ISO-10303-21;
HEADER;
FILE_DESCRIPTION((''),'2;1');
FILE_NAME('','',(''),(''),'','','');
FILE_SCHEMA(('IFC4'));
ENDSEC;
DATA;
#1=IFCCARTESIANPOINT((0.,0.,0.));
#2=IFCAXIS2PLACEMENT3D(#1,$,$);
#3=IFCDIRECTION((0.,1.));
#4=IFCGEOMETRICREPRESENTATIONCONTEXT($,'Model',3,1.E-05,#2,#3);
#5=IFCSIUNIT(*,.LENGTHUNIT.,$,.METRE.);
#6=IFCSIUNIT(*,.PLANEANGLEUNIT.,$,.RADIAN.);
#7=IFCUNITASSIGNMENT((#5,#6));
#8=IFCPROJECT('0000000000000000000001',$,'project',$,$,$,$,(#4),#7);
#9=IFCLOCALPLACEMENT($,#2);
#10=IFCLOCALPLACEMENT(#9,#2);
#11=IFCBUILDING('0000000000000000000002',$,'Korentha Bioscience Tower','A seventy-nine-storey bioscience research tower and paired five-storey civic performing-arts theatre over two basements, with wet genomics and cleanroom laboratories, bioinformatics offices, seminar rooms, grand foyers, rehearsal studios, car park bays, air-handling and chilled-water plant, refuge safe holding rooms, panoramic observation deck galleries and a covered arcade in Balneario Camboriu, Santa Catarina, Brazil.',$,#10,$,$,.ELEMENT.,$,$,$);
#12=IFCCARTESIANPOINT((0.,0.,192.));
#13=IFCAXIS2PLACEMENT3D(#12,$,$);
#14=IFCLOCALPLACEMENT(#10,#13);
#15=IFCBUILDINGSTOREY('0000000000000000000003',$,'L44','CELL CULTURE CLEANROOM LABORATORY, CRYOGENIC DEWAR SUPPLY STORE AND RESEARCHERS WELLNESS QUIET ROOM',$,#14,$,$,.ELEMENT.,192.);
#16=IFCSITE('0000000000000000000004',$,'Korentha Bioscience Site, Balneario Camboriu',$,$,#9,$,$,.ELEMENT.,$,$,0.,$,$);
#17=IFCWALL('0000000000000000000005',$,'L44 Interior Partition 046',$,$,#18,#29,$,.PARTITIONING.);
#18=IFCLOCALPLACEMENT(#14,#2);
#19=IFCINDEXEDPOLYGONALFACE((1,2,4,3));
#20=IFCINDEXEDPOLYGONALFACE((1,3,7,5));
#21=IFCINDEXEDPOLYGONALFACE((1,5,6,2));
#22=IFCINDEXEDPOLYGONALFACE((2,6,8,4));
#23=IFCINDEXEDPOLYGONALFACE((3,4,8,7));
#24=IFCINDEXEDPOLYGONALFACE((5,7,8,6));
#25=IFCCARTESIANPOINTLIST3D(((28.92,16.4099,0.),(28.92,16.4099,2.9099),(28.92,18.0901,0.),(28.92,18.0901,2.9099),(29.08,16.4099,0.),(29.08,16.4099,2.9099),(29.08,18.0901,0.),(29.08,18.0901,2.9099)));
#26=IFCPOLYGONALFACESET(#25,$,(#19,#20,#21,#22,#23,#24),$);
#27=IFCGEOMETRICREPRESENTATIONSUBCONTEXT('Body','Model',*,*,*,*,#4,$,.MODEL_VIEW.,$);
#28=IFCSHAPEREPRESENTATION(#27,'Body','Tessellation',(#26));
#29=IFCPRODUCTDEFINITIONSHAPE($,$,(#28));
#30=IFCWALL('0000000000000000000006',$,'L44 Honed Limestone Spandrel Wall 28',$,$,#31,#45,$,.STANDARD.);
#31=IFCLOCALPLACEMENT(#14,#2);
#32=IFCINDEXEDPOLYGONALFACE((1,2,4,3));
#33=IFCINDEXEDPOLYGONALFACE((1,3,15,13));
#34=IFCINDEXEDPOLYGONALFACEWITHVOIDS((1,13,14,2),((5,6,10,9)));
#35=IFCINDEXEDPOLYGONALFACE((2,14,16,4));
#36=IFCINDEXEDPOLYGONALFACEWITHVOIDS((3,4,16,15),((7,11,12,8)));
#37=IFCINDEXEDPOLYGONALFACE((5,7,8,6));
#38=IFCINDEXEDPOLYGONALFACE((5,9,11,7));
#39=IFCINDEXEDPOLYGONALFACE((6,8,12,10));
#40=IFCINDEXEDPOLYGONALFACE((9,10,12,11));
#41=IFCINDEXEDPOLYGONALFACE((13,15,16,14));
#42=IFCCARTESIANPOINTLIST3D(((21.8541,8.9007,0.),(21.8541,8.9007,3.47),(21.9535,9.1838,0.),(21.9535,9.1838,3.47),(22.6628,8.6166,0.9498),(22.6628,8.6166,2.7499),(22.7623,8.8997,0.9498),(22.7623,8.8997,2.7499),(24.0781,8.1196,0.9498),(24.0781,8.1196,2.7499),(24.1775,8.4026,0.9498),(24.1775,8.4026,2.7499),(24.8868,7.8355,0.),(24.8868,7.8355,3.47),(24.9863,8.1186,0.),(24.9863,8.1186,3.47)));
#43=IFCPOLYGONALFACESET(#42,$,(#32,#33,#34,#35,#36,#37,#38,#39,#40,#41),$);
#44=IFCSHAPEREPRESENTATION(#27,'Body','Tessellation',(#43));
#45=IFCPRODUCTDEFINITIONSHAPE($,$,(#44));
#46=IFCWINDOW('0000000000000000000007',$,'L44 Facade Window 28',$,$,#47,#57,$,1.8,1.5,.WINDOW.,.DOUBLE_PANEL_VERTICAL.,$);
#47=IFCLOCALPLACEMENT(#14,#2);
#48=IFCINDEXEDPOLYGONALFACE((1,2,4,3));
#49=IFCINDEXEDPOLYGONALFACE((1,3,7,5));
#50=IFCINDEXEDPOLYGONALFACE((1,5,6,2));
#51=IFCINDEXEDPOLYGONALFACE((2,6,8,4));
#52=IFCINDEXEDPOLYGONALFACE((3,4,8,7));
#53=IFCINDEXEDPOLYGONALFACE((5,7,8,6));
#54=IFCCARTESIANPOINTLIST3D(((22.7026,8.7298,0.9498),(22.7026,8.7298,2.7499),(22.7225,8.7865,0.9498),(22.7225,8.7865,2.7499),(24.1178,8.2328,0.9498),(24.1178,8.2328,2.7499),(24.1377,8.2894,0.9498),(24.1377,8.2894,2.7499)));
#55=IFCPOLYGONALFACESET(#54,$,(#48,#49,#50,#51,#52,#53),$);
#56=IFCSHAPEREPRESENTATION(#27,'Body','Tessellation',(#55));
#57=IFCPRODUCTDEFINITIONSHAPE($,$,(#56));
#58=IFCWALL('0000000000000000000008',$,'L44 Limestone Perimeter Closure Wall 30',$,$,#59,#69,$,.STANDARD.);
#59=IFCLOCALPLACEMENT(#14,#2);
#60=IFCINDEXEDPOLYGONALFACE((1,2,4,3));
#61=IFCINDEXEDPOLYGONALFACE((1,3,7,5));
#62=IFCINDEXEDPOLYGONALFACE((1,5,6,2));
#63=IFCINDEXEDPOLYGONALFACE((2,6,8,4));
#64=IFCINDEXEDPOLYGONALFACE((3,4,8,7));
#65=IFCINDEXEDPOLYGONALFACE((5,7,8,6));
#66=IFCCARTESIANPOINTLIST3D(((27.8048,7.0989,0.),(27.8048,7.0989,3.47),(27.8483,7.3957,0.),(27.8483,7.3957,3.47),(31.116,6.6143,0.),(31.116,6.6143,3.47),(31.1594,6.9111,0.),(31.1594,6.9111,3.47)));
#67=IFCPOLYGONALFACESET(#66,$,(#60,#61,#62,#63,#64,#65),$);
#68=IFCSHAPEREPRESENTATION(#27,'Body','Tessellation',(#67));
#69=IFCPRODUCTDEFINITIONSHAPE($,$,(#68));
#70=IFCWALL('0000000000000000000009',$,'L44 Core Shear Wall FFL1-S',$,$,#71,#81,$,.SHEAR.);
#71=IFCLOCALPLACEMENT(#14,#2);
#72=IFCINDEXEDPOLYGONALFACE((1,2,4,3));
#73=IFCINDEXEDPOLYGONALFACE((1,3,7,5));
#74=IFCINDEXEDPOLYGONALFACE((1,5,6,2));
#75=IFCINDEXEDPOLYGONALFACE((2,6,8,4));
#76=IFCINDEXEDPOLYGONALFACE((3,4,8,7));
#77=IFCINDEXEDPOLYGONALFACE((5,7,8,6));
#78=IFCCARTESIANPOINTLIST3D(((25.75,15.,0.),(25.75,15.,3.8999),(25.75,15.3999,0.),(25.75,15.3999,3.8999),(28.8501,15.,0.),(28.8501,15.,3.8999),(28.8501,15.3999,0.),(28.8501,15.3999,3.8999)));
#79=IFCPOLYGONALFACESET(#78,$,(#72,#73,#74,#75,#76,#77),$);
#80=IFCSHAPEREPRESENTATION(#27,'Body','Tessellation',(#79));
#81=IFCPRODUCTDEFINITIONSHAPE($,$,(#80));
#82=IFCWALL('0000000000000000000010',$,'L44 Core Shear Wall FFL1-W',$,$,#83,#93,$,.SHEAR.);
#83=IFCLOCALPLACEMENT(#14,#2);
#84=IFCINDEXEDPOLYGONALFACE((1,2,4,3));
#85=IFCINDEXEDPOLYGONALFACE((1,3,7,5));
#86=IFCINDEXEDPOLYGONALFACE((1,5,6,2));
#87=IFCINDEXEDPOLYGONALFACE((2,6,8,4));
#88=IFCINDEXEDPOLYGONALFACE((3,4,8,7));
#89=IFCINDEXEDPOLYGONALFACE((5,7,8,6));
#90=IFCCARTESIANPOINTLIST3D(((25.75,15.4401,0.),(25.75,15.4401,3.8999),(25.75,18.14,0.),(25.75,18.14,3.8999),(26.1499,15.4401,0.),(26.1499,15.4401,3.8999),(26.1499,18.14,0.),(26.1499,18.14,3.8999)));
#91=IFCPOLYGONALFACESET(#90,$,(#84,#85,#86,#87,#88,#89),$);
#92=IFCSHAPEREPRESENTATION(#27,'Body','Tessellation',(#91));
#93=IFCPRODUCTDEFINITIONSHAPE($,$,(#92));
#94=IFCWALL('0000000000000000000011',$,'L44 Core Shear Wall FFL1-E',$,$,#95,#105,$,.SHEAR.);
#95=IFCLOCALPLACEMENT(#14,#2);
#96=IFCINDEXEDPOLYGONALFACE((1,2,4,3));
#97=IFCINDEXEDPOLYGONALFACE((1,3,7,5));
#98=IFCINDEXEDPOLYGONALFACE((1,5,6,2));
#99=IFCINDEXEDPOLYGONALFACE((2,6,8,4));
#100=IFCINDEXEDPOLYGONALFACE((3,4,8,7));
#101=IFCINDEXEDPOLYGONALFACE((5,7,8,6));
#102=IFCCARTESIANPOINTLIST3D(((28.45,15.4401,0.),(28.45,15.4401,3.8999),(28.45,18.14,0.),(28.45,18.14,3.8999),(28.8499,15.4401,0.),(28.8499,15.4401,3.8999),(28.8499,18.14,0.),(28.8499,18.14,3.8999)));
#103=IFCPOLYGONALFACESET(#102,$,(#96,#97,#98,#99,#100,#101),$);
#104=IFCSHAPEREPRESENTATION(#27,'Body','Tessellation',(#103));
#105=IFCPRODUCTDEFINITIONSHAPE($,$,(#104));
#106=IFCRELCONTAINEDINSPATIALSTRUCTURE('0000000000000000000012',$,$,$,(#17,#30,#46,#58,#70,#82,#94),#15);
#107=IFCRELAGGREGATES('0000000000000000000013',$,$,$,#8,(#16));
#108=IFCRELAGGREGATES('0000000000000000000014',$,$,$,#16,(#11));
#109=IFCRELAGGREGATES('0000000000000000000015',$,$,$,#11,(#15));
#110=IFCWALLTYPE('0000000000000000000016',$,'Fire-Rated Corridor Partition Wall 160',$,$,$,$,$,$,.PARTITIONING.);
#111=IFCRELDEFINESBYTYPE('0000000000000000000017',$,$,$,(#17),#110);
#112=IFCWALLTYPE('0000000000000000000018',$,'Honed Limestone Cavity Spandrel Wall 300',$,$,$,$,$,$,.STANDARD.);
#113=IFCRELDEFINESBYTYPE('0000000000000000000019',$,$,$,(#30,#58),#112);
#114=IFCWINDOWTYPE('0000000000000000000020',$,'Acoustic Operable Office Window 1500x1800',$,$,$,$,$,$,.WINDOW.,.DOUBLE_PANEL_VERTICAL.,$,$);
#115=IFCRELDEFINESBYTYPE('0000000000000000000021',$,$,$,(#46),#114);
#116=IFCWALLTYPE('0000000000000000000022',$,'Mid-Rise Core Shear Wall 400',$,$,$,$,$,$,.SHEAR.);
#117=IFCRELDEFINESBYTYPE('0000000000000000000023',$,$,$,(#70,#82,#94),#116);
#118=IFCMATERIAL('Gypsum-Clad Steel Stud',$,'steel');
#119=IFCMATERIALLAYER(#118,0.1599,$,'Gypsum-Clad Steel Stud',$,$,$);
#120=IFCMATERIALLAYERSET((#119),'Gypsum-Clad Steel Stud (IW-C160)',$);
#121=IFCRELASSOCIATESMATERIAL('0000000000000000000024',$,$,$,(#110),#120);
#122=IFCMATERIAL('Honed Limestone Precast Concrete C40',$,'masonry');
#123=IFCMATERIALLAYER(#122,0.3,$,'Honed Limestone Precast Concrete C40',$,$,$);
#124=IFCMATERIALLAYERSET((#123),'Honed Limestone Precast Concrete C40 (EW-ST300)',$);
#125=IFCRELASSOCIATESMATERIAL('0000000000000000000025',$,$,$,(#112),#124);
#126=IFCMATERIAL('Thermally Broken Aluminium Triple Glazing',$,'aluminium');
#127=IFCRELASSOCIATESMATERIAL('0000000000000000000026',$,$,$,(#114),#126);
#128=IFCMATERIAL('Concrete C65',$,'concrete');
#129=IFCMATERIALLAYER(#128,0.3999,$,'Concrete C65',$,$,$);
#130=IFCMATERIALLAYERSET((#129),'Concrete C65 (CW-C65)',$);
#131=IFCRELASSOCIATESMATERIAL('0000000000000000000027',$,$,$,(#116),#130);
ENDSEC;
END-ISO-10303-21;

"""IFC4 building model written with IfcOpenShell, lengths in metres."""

from ifc_helpers import new_model, si_unit, direction, frame, frame_2d, origin, place, context, subcontext, project, spatial, rectangle, extrude, material, layer, layer_set, type_object, element, fill, save


model = new_model("IFC4")

# Units and contexts
model_context = context("Model", 3, precision=1e-05, world=origin(), true_north=direction((0.0, 1.0)))
body_context = subcontext(model_context, "Body", "Model", "MODEL_VIEW")
ifc_project = project(units=[si_unit("LENGTHUNIT", "METRE"), si_unit("PLANEANGLEUNIT", "RADIAN")], contexts=[model_context])

# Site, building, storey
site_placement = place(None, origin())
site = spatial("IfcSite", under=ifc_project, at=site_placement, Name="Korentha Bioscience Site, Balneario Camboriu", CompositionType="ELEMENT", RefElevation=0.0)
building_placement = place(site_placement, origin())
building = spatial("IfcBuilding", under=site, at=building_placement, Name="Korentha Bioscience Tower", Description="A seventy-nine-storey bioscience research tower and paired five-storey civic performing-arts theatre over two basements, with wet genomics and cleanroom laboratories, bioinformatics offices, seminar rooms, grand foyers, rehearsal studios, car park bays, air-handling and chilled-water plant, refuge safe holding rooms, panoramic observation deck galleries and a covered arcade in Balneario Camboriu, Santa Catarina, Brazil.", CompositionType="ELEMENT")
storey_placement = place(building_placement, frame((0.0, 0.0, 192.0)))
storey = spatial("IfcBuildingStorey", under=building, at=storey_placement, Name="L44", Description="CELL CULTURE CLEANROOM LABORATORY, CRYOGENIC DEWAR SUPPLY STORE AND RESEARCHERS WELLNESS QUIET ROOM", CompositionType="ELEMENT", Elevation=192.0)

# Shared definitions
ifc_material_1 = material(Name="Concrete C65", Category="concrete")

# Wall
ifc_material_2 = material(Name="Gypsum-Clad Steel Stud", Category="steel")
ifc_layer_1 = layer(ifc_material_2, 0.1599, Name="Gypsum-Clad Steel Stud")
ifc_layer_set_1 = layer_set([ifc_layer_1], Name="Gypsum-Clad Steel Stud (IW-C160)")
wall_type_1 = type_object("IfcWallType", Name="Fire-Rated Corridor Partition Wall 160", PredefinedType="PARTITIONING", material=ifc_layer_set_1)
wall_1_placement = place(storey_placement, frame((29.0, 16.4099, 0.0), z_axis=(0.0, 0.0, 1.0), x_axis=(0.0, 1.0, 0.0)))
element("IfcWall", 1, at=wall_1_placement, inside=storey, type_object=wall_type_1, Name="L44 Interior Partition 046", PredefinedType="PARTITIONING", context=body_context, shape_type="SweptSolid", body=[
    extrude(rectangle(XDim=1.6802, YDim=0.1599, at=frame_2d((0.8401, 0.0))), origin(), (0.0, 0.0, 1.0), 2.9099),
])

# Wall, opening, window
ifc_material_3 = material(Name="Honed Limestone Precast Concrete C40", Category="masonry")
ifc_layer_2 = layer(ifc_material_3, 0.3, Name="Honed Limestone Precast Concrete C40")
ifc_layer_set_2 = layer_set([ifc_layer_2], Name="Honed Limestone Precast Concrete C40 (EW-ST300)")
wall_type_2 = type_object("IfcWallType", Name="Honed Limestone Cavity Spandrel Wall 300", PredefinedType="STANDARD", material=ifc_layer_set_2)
wall_2_placement = place(storey_placement, frame((21.9038, 9.0422, 0.0), z_axis=(0.0, 0.0, 1.0), x_axis=(0.943495, -0.331385, 0.0)))
wall_2 = element("IfcWall", 2, at=wall_2_placement, inside=storey, type_object=wall_type_2, Name="L44 Honed Limestone Spandrel Wall 28", PredefinedType="STANDARD", context=body_context, shape_type="SweptSolid", body=[
    extrude(rectangle(XDim=3.2144, YDim=0.3, at=frame_2d((1.6072, 0.0))), origin(), (0.0, 0.0, 1.0), 3.47),
])
opening_1_placement = place(wall_2_placement, frame((0.8572, 0.0, 0.95)))
opening_1 = element("IfcOpeningElement", 3, at=opening_1_placement, cuts=wall_2, PredefinedType="OPENING", context=body_context, shape_type="SweptSolid", body=[
    extrude(rectangle(XDim=1.5, YDim=1.8, at=frame_2d((0.75, 0.8999))), frame((0.0, 0.165, 0.0), z_axis=(0.0, -1.0, 0.0), x_axis=(1.0, 0.0, 0.0)), (0.0, 0.0, 1.0), 0.3298),
])
ifc_material_4 = material(Name="Thermally Broken Aluminium Triple Glazing", Category="aluminium")
window_type = type_object("IfcWindowType", Name="Acoustic Operable Office Window 1500x1800", PartitioningType="DOUBLE_PANEL_VERTICAL", PredefinedType="WINDOW", material=ifc_material_4)
window_placement = place(opening_1_placement, origin())
window = element("IfcWindow", 4, at=window_placement, inside=storey, type_object=window_type, Name="L44 Facade Window 28", OverallHeight=1.8, OverallWidth=1.5, PartitioningType="DOUBLE_PANEL_VERTICAL", PredefinedType="WINDOW", context=body_context, shape_type="SweptSolid", body=[
    extrude(rectangle(XDim=1.5, YDim=1.8, at=frame_2d((0.75, 0.8999))), frame((0.0, 0.03, 0.0), z_axis=(0.0, -1.0, 0.0), x_axis=(1.0, 0.0, 0.0)), (0.0, 0.0, 1.0), 0.0601),
])
fill(opening_1, window)

# Walls
wall_3_placement = place(storey_placement, frame((27.8264, 7.2473, 0.0), z_axis=(0.0, 0.0, 1.0), x_axis=(0.989459, -0.144811, 0.0)))
element("IfcWall", 5, at=wall_3_placement, inside=storey, type_object=wall_type_2, Name="L44 Limestone Perimeter Closure Wall 30", PredefinedType="STANDARD", context=body_context, shape_type="SweptSolid", body=[
    extrude(rectangle(XDim=3.3464, YDim=0.3, at=frame_2d((1.6733, 0.0))), origin(), (0.0, 0.0, 1.0), 3.47),
])
ifc_layer_3 = layer(ifc_material_1, 0.3999, Name="Concrete C65")
ifc_layer_set_3 = layer_set([ifc_layer_3], Name="Concrete C65 (CW-C65)")
wall_type_3 = type_object("IfcWallType", Name="Mid-Rise Core Shear Wall 400", PredefinedType="SHEAR", material=ifc_layer_set_3)
wall_4_placement = place(storey_placement, frame((25.75, 15.2, 0.0), z_axis=(0.0, 0.0, 1.0), x_axis=(1.0, 0.0, 0.0)))
element("IfcWall", 6, at=wall_4_placement, inside=storey, type_object=wall_type_3, Name="L44 Core Shear Wall FFL1-S", PredefinedType="SHEAR", context=body_context, shape_type="SweptSolid", body=[
    extrude(rectangle(XDim=3.1001, YDim=0.3999, at=frame_2d((1.55, 0.0))), origin(), (0.0, 0.0, 1.0), 3.8999),
])
for number, where, z_axis, x_axis, name in (
    (7, (25.95, 15.4399, 0.0), (0.0, 0.0, 1.0), (0.0, 1.0, 0.0), "L44 Core Shear Wall FFL1-W"),
    (8, (28.6499, 15.4399, 0.0), (0.0, 0.0, 1.0), (0.0, 1.0, 0.0), "L44 Core Shear Wall FFL1-E"),
):
    element("IfcWall", number, at=place(storey_placement, frame(where, z_axis=z_axis, x_axis=x_axis)), inside=storey, type_object=wall_type_3, Name=name, PredefinedType="SHEAR", context=body_context, shape_type="SweptSolid", body=[
        extrude(rectangle(XDim=2.7, YDim=0.3999, at=frame_2d((1.3501, 0.0))), origin(), (0.0, 0.0, 1.0), 3.8999),
    ])

save(model, "model.ifc")
